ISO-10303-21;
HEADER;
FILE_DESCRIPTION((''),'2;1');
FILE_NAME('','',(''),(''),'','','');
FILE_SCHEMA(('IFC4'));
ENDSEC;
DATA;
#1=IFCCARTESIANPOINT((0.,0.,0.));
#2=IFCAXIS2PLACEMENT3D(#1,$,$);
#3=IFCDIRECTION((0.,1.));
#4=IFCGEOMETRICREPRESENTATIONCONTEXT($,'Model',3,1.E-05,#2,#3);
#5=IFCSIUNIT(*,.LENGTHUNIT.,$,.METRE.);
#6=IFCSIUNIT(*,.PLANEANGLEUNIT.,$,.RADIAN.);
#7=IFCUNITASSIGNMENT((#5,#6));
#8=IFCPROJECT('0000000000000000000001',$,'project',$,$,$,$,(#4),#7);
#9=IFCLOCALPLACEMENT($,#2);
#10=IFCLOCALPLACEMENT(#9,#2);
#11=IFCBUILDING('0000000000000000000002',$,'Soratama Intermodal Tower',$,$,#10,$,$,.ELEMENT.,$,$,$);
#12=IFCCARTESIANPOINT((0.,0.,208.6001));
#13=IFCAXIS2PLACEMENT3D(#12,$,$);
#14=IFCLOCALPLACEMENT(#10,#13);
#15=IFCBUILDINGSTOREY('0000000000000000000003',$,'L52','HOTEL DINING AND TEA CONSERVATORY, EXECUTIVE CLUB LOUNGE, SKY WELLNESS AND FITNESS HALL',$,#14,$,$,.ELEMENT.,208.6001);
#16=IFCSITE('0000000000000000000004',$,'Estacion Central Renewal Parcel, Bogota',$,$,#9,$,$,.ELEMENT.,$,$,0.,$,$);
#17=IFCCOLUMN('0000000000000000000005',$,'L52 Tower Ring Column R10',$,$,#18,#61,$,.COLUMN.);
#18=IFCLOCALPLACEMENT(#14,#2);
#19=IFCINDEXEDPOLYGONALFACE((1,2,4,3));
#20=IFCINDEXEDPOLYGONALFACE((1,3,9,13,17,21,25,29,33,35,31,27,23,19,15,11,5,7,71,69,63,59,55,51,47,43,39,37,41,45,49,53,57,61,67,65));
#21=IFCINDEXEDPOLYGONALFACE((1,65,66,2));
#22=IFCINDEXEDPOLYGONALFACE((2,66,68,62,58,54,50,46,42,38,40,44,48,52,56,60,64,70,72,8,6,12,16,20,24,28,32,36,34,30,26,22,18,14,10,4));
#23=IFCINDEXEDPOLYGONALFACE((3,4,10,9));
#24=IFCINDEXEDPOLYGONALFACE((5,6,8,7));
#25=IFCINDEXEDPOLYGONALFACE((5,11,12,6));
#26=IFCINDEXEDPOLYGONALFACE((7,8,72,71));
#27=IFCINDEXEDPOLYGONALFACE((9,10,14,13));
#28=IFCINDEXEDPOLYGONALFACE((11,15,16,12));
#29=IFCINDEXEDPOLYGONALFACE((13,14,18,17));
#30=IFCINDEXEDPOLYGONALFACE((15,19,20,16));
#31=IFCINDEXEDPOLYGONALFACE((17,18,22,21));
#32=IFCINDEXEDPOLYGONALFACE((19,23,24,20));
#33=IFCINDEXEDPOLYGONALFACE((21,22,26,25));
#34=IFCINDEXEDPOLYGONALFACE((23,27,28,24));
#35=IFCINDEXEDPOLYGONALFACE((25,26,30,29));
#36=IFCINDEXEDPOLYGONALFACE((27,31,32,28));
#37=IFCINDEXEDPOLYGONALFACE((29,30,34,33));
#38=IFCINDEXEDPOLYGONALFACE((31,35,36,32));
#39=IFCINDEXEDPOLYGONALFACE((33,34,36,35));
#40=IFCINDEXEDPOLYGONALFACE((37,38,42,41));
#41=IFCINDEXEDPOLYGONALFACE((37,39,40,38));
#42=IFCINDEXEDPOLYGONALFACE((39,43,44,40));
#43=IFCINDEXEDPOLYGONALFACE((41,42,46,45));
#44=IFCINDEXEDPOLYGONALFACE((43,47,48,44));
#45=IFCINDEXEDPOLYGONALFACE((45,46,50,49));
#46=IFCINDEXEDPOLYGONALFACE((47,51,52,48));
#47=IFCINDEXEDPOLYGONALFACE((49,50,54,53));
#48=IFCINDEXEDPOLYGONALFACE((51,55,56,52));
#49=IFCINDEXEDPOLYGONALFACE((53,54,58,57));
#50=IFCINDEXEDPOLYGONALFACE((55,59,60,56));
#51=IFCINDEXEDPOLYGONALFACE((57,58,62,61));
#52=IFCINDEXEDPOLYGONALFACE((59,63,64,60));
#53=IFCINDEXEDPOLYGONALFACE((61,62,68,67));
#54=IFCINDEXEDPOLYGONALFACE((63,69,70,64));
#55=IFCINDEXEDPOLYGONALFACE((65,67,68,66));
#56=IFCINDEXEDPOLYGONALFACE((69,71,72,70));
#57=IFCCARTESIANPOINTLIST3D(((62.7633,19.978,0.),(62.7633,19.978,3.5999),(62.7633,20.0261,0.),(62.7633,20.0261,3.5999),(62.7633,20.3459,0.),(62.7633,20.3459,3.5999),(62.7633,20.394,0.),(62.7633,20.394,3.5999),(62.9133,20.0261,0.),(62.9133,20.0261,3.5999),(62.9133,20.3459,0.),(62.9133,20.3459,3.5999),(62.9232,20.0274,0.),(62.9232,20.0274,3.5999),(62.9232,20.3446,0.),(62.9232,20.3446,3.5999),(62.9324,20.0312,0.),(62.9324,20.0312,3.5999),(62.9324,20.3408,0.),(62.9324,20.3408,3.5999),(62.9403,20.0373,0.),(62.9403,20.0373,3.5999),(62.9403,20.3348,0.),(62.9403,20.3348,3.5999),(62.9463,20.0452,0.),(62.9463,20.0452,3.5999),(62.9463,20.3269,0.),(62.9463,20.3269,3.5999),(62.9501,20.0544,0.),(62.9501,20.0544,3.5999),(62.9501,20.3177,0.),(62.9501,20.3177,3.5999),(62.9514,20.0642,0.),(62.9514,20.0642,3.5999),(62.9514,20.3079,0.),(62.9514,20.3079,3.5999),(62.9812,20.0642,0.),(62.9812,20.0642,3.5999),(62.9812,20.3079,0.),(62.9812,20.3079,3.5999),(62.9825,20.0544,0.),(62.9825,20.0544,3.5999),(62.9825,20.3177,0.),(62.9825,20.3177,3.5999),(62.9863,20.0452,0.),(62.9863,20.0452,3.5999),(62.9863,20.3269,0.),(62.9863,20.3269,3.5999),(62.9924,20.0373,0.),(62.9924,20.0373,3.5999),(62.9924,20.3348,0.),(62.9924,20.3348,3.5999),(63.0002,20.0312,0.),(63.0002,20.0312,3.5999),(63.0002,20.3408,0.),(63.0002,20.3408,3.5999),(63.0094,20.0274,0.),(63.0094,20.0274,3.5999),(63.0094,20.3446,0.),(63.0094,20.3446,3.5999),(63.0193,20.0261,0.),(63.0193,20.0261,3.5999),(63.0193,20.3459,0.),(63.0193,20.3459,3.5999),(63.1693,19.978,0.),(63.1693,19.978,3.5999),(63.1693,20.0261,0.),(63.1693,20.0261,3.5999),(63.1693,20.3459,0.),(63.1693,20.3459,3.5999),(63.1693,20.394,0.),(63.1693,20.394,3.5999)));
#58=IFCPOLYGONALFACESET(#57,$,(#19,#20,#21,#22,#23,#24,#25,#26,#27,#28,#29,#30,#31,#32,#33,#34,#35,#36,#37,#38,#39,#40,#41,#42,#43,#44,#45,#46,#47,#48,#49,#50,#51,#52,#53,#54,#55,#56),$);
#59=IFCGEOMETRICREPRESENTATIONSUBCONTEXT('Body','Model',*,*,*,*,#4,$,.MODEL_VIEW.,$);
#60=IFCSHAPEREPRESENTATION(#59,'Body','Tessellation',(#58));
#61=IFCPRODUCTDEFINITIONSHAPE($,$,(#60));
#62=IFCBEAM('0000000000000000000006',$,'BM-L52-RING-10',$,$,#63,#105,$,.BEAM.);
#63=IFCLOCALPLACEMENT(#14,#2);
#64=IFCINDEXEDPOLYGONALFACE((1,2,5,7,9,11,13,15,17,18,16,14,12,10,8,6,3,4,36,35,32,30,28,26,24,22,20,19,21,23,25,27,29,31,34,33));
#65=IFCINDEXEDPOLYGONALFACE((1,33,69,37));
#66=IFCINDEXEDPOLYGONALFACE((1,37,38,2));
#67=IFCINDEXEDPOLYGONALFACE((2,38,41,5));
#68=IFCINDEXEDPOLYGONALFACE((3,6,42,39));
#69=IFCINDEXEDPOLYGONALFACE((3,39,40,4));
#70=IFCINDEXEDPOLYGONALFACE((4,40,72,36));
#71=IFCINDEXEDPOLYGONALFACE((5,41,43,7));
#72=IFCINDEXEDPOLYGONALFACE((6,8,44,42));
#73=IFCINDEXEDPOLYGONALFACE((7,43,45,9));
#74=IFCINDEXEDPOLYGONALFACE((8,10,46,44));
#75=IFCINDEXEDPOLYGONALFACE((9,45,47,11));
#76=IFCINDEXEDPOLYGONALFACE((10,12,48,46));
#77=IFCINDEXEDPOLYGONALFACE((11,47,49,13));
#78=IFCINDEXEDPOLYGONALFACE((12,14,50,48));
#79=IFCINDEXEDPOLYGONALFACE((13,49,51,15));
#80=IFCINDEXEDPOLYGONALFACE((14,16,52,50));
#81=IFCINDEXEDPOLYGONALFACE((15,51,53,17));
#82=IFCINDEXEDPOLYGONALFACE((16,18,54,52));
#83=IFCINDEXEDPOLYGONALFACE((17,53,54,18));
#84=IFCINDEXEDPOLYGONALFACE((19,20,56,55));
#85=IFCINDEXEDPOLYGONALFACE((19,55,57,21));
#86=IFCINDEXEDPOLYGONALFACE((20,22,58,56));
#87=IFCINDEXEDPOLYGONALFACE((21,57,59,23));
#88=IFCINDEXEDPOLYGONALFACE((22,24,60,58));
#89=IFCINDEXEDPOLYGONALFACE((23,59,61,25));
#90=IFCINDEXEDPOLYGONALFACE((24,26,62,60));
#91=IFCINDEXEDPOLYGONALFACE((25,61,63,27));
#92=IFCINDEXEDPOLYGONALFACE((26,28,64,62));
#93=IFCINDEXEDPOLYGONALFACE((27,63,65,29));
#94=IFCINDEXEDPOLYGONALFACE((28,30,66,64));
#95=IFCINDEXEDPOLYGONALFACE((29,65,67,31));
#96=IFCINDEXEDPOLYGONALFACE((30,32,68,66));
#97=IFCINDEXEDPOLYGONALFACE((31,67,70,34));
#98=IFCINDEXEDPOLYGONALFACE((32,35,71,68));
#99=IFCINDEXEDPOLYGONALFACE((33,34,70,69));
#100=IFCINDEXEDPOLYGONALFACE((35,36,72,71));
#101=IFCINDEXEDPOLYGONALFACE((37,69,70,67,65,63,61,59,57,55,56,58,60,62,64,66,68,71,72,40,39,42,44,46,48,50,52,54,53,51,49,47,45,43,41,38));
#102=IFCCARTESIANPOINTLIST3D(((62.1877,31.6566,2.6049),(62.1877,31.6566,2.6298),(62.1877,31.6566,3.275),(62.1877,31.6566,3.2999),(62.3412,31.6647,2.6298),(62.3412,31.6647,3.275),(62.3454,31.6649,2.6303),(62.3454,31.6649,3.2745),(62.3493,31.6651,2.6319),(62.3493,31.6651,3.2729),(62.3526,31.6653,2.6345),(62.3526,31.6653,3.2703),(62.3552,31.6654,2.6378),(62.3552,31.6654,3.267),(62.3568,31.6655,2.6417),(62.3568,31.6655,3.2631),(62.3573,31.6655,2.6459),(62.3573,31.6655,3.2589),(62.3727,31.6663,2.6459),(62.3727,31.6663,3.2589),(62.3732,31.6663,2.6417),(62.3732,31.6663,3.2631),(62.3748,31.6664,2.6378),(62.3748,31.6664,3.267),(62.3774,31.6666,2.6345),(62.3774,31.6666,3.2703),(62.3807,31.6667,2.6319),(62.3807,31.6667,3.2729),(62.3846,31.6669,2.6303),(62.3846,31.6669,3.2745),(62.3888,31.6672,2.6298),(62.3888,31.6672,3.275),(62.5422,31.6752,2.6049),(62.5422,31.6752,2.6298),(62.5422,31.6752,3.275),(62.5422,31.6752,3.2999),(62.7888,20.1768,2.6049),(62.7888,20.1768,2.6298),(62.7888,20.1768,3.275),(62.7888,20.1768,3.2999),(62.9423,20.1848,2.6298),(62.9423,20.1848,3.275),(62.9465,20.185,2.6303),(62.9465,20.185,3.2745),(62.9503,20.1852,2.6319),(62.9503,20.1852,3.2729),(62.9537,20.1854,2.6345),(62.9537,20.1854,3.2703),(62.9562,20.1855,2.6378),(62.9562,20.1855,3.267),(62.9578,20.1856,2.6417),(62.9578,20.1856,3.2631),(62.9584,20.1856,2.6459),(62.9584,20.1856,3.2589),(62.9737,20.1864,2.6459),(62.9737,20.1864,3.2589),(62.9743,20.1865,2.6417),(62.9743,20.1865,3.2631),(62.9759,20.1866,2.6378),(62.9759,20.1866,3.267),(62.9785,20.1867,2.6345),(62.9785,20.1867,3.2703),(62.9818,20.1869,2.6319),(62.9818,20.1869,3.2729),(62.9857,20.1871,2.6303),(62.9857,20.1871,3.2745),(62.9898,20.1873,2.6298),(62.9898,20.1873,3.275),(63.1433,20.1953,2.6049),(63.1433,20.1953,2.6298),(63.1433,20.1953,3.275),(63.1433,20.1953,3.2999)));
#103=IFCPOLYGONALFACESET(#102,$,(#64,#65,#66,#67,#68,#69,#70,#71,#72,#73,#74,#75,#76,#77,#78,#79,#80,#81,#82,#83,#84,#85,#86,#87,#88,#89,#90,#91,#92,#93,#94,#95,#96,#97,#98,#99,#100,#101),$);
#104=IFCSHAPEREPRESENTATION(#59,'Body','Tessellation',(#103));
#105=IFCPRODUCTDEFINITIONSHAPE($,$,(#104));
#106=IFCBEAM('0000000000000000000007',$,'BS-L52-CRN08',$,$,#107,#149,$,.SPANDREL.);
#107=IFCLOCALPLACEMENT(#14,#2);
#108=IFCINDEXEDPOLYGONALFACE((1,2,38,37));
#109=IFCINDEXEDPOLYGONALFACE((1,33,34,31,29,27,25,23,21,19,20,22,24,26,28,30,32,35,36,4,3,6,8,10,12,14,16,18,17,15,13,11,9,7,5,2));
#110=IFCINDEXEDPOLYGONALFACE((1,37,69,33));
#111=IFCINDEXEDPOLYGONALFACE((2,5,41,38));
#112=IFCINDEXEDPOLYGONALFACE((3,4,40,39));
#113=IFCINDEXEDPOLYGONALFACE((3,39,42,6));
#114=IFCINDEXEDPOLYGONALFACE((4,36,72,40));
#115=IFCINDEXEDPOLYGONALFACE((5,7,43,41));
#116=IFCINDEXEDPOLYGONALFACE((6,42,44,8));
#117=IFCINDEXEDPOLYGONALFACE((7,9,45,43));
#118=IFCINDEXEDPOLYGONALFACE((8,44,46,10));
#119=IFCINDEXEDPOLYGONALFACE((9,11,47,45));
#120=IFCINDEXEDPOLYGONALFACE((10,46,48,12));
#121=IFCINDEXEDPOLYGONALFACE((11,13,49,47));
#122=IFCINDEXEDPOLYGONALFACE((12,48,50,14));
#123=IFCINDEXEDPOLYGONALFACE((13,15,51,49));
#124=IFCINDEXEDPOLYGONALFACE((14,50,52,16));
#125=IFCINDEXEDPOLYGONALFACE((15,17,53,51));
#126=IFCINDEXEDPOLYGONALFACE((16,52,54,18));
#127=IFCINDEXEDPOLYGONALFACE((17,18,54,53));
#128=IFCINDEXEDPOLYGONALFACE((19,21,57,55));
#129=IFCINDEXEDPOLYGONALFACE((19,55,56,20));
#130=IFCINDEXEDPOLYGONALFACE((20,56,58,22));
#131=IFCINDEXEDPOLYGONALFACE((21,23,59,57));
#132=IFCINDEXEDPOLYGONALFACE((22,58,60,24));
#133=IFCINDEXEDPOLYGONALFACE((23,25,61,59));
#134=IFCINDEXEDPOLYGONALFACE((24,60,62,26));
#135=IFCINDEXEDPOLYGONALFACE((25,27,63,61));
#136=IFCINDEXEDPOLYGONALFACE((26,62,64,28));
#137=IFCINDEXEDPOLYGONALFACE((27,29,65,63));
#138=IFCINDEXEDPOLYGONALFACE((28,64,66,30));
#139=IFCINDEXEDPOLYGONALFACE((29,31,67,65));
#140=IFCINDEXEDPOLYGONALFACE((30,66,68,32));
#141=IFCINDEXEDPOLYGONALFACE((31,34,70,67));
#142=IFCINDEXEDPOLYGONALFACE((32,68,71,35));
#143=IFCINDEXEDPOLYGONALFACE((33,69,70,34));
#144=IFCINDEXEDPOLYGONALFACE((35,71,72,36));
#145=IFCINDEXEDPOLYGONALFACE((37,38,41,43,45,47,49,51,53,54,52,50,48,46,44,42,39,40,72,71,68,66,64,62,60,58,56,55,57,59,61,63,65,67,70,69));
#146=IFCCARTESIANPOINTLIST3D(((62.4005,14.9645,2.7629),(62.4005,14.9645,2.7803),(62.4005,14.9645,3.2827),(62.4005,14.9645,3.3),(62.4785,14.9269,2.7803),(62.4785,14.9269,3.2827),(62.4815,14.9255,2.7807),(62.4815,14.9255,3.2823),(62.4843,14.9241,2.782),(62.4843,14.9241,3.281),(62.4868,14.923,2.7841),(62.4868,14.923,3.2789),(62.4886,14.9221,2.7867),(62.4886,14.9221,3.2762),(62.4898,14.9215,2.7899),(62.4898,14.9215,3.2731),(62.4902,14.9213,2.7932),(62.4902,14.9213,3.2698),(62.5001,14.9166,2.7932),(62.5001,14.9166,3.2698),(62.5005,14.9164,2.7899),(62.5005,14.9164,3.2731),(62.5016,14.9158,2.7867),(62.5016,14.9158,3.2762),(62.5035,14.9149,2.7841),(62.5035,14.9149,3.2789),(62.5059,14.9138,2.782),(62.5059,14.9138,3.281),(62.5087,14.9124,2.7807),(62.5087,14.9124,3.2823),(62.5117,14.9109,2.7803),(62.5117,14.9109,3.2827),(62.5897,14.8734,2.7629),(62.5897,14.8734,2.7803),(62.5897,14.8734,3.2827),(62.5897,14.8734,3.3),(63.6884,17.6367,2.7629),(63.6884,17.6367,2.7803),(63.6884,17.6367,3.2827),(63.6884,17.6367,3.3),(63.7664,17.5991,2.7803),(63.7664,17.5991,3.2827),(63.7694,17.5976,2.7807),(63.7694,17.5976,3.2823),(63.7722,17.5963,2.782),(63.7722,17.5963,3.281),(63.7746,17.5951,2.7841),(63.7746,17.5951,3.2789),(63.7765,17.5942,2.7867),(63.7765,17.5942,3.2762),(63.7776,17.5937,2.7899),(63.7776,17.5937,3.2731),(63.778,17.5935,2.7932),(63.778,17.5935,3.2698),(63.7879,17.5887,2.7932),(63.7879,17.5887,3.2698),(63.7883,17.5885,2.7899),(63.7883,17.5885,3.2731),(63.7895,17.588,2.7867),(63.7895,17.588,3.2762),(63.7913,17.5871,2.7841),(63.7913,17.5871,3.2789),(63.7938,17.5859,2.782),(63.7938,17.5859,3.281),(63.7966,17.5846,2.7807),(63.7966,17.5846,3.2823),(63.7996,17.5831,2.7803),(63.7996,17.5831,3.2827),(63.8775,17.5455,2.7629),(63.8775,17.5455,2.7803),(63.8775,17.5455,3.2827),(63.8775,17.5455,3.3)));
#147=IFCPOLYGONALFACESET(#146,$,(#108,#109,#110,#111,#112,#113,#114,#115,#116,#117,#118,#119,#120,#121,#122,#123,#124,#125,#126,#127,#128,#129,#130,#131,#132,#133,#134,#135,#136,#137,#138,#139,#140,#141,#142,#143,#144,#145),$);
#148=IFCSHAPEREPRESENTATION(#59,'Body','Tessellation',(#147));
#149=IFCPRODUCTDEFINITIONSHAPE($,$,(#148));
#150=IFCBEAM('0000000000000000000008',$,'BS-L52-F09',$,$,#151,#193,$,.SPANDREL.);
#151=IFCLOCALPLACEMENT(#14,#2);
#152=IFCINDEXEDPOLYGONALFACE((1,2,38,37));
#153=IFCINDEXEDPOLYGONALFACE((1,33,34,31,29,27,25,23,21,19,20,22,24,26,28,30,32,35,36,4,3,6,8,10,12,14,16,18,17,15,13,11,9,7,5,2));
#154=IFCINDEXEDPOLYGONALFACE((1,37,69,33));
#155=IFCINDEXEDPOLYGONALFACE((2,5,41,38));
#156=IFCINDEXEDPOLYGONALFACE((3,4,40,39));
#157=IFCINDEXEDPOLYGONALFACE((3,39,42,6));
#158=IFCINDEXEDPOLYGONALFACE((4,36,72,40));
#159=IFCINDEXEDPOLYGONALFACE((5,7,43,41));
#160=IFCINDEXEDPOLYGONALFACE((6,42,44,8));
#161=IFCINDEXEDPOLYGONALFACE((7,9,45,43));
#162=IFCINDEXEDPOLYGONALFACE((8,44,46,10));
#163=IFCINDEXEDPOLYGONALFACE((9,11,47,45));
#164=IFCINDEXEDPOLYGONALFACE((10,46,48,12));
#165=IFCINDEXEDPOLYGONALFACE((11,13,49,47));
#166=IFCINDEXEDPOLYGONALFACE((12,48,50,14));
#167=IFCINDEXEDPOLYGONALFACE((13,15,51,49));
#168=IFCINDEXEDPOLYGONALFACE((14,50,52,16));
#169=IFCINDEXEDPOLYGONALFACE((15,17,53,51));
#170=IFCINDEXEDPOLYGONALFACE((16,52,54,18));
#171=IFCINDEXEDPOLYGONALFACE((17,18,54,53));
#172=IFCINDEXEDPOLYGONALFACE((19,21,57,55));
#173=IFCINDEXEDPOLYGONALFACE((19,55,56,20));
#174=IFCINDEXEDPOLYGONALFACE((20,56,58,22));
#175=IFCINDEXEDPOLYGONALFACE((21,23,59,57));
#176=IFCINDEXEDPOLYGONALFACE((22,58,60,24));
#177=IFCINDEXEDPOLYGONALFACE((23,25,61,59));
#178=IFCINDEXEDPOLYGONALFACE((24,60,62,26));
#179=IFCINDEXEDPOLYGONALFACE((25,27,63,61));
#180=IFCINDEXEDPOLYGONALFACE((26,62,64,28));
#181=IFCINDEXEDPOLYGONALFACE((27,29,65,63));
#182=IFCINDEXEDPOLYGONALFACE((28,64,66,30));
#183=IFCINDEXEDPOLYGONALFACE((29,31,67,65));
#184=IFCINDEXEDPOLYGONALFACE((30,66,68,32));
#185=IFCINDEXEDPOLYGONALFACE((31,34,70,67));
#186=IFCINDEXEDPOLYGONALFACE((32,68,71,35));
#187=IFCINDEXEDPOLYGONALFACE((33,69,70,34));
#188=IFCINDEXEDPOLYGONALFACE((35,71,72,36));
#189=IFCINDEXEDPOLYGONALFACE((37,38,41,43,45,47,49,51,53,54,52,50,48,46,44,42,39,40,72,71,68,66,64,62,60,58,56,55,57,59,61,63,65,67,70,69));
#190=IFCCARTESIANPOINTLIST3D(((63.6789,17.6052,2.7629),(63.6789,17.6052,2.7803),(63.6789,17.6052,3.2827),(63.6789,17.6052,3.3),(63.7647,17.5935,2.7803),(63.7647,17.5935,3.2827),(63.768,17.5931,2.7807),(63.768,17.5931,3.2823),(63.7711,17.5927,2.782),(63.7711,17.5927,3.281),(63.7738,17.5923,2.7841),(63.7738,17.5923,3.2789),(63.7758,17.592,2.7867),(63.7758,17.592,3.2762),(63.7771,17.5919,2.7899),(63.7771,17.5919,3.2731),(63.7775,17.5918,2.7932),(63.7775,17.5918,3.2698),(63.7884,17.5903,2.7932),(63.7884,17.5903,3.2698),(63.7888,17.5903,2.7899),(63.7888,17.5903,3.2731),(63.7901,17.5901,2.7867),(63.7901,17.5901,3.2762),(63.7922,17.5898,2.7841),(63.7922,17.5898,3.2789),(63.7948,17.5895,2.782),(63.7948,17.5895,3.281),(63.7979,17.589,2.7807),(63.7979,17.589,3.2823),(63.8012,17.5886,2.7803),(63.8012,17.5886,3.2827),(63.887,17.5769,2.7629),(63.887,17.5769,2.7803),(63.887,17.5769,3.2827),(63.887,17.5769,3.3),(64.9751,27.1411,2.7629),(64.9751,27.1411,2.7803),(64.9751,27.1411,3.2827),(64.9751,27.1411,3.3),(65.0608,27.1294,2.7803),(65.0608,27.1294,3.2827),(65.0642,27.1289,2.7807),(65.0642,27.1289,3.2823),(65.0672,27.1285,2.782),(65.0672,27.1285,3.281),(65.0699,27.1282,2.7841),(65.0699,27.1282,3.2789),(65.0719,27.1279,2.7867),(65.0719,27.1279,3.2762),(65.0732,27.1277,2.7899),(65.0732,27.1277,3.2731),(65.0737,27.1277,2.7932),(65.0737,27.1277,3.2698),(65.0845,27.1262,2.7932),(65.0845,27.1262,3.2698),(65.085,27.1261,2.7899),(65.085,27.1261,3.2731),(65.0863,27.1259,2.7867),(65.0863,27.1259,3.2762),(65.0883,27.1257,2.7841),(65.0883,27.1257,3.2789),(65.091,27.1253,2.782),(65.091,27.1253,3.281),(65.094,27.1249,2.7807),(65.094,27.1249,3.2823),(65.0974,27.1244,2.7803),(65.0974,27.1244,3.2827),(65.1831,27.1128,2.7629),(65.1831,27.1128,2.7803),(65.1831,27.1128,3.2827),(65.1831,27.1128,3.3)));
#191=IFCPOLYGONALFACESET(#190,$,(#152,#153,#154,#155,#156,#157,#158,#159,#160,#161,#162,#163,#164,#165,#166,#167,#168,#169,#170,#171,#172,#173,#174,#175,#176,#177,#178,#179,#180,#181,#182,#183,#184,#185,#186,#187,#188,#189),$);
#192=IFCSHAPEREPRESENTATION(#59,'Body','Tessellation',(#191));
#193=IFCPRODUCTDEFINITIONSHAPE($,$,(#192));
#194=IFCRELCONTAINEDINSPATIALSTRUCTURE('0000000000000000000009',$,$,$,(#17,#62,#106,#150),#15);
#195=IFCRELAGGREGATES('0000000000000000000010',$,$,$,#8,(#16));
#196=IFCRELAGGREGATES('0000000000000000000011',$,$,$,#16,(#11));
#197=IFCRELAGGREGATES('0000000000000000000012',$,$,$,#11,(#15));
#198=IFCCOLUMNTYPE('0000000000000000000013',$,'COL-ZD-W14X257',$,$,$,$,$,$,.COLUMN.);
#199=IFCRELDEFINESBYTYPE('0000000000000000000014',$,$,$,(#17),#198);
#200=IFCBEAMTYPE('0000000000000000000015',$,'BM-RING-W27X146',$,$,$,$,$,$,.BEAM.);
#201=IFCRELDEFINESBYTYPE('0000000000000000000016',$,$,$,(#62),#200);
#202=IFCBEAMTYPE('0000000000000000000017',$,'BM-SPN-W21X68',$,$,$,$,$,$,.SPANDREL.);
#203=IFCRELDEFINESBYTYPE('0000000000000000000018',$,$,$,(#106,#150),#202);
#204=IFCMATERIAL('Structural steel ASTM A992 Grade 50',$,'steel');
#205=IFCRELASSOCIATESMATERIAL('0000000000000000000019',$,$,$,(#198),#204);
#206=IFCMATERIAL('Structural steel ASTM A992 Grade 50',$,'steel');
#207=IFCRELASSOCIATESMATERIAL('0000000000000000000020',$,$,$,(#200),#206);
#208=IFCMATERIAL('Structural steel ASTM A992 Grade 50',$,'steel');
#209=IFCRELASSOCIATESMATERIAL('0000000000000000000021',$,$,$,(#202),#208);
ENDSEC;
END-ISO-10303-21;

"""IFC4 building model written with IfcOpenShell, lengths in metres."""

from ifc_helpers import new_model, si_unit, direction, frame, origin, origin_2d, place, context, subcontext, project, spatial, i_section, extrude, material, material_profile, profile_set, type_object, element, save


model = new_model("IFC4")

# Units and contexts
model_context = context("Model", 3, precision=1e-05, world=origin(), true_north=direction((0.0, 1.0)))
body_context = subcontext(model_context, "Body", "Model", "MODEL_VIEW")
ifc_project = project(units=[si_unit("LENGTHUNIT", "METRE"), si_unit("PLANEANGLEUNIT", "RADIAN")], contexts=[model_context])

# Site, building, storey
site_placement = place(None, origin())
site = spatial("IfcSite", under=ifc_project, at=site_placement, Name="Estacion Central Renewal Parcel, Bogota", CompositionType="ELEMENT", RefElevation=0.0)
building_placement = place(site_placement, origin())
building = spatial("IfcBuilding", under=site, at=building_placement, Name="Soratama Intermodal Tower", CompositionType="ELEMENT")
storey_placement = place(building_placement, frame((0.0, 0.0, 208.6001)))
storey = spatial("IfcBuildingStorey", under=building, at=storey_placement, Name="L52", Description="HOTEL DINING AND TEA CONSERVATORY, EXECUTIVE CLUB LOUNGE, SKY WELLNESS AND FITNESS HALL", CompositionType="ELEMENT", Elevation=208.6001)

# Column
ifc_material_1 = material(Name="Structural steel ASTM A992 Grade 50", Category="steel")
ifc_material_profile_1 = material_profile(ifc_material_1, i_section(OverallWidth=0.406, OverallDepth=0.416, WebThickness=0.0298, FlangeThickness=0.0481, FilletRadius=0.0381, at=origin_2d()), Name="W14X257")
ifc_profile_set_1 = profile_set([ifc_material_profile_1], Name="Structural steel ASTM A992 Grade 50")
column_type = type_object("IfcColumnType", Name="COL-ZD-W14X257", PredefinedType="COLUMN", material=ifc_profile_set_1)
column_placement = place(storey_placement, frame((62.9663, 20.186, 0.0), z_axis=(0.0, 0.0, 1.0), x_axis=(1.0, 0.0, 0.0)))
element("IfcColumn", 1, at=column_placement, inside=storey, type_object=column_type, Name="L52 Tower Ring Column R10", PredefinedType="COLUMN", context=body_context, shape_type="SweptSolid", body=[
    extrude(i_section(OverallWidth=0.406, OverallDepth=0.416, WebThickness=0.0298, FlangeThickness=0.0481, FilletRadius=0.0381, at=origin_2d()), origin(), (0.0, 0.0, 1.0), 3.5999),
])

# Beams
ifc_material_2 = material(Name="Structural steel ASTM A992 Grade 50", Category="steel")
ifc_material_profile_2 = material_profile(ifc_material_2, i_section(OverallWidth=0.355, OverallDepth=0.6951, WebThickness=0.0154, FlangeThickness=0.0249, FilletRadius=0.0161, at=origin_2d()), Name="W27X146")
ifc_profile_set_2 = profile_set([ifc_material_profile_2], Name="Structural steel ASTM A992 Grade 50")
beam_type_1 = type_object("IfcBeamType", Name="BM-RING-W27X146", PredefinedType="BEAM", material=ifc_profile_set_2)
beam_1_placement = place(storey_placement, frame((62.9661, 20.186, 2.9524), z_axis=(-0.052287, 0.998632, 0.0), x_axis=(-0.998632, -0.052287, 0.0)))
element("IfcBeam", 2, at=beam_1_placement, inside=storey, type_object=beam_type_1, Name="BM-L52-RING-10", PredefinedType="BEAM", context=body_context, shape_type="SweptSolid", body=[
    extrude(i_section(OverallWidth=0.355, OverallDepth=0.6951, WebThickness=0.0154, FlangeThickness=0.0249, FilletRadius=0.0161, at=origin_2d()), origin(), (0.0, 0.0, 1.0), 11.4956),
])
ifc_material_3 = material(Name="Structural steel ASTM A992 Grade 50", Category="steel")
ifc_material_profile_3 = material_profile(ifc_material_3, i_section(OverallWidth=0.21, OverallDepth=0.5371, WebThickness=0.011, FlangeThickness=0.0173, FilletRadius=0.0129, at=origin_2d()), Name="W21X68")
ifc_profile_set_3 = profile_set([ifc_material_profile_3], Name="Structural steel ASTM A992 Grade 50")
beam_type_2 = type_object("IfcBeamType", Name="BM-SPN-W21X68", PredefinedType="SPANDREL", material=ifc_profile_set_3)
beam_2_placement = place(storey_placement, frame((62.4951, 14.9189, 3.0315), z_axis=(0.434162, 0.900835, 0.0), x_axis=(-0.900835, 0.434162, 0.0)))
element("IfcBeam", 3, at=beam_2_placement, inside=storey, type_object=beam_type_2, Name="BS-L52-CRN08", PredefinedType="SPANDREL", context=body_context, shape_type="SweptSolid", body=[
    extrude(i_section(OverallWidth=0.21, OverallDepth=0.5371, WebThickness=0.011, FlangeThickness=0.0173, FilletRadius=0.0129, at=origin_2d()), origin(), (0.0, 0.0, 1.0), 2.9663),
])
beam_3_placement = place(storey_placement, frame((63.783, 17.5911, 3.0315), z_axis=(0.134684, 0.990889, 0.0), x_axis=(-0.990889, 0.134684, 0.0)))
element("IfcBeam", 4, at=beam_3_placement, inside=storey, type_object=beam_type_2, Name="BS-L52-F09", PredefinedType="SPANDREL", context=body_context, shape_type="SweptSolid", body=[
    extrude(i_section(OverallWidth=0.21, OverallDepth=0.5371, WebThickness=0.011, FlangeThickness=0.0173, FilletRadius=0.0129, at=origin_2d()), origin(), (0.0, 0.0, 1.0), 9.6235),
])

save(model, "model.ifc")
